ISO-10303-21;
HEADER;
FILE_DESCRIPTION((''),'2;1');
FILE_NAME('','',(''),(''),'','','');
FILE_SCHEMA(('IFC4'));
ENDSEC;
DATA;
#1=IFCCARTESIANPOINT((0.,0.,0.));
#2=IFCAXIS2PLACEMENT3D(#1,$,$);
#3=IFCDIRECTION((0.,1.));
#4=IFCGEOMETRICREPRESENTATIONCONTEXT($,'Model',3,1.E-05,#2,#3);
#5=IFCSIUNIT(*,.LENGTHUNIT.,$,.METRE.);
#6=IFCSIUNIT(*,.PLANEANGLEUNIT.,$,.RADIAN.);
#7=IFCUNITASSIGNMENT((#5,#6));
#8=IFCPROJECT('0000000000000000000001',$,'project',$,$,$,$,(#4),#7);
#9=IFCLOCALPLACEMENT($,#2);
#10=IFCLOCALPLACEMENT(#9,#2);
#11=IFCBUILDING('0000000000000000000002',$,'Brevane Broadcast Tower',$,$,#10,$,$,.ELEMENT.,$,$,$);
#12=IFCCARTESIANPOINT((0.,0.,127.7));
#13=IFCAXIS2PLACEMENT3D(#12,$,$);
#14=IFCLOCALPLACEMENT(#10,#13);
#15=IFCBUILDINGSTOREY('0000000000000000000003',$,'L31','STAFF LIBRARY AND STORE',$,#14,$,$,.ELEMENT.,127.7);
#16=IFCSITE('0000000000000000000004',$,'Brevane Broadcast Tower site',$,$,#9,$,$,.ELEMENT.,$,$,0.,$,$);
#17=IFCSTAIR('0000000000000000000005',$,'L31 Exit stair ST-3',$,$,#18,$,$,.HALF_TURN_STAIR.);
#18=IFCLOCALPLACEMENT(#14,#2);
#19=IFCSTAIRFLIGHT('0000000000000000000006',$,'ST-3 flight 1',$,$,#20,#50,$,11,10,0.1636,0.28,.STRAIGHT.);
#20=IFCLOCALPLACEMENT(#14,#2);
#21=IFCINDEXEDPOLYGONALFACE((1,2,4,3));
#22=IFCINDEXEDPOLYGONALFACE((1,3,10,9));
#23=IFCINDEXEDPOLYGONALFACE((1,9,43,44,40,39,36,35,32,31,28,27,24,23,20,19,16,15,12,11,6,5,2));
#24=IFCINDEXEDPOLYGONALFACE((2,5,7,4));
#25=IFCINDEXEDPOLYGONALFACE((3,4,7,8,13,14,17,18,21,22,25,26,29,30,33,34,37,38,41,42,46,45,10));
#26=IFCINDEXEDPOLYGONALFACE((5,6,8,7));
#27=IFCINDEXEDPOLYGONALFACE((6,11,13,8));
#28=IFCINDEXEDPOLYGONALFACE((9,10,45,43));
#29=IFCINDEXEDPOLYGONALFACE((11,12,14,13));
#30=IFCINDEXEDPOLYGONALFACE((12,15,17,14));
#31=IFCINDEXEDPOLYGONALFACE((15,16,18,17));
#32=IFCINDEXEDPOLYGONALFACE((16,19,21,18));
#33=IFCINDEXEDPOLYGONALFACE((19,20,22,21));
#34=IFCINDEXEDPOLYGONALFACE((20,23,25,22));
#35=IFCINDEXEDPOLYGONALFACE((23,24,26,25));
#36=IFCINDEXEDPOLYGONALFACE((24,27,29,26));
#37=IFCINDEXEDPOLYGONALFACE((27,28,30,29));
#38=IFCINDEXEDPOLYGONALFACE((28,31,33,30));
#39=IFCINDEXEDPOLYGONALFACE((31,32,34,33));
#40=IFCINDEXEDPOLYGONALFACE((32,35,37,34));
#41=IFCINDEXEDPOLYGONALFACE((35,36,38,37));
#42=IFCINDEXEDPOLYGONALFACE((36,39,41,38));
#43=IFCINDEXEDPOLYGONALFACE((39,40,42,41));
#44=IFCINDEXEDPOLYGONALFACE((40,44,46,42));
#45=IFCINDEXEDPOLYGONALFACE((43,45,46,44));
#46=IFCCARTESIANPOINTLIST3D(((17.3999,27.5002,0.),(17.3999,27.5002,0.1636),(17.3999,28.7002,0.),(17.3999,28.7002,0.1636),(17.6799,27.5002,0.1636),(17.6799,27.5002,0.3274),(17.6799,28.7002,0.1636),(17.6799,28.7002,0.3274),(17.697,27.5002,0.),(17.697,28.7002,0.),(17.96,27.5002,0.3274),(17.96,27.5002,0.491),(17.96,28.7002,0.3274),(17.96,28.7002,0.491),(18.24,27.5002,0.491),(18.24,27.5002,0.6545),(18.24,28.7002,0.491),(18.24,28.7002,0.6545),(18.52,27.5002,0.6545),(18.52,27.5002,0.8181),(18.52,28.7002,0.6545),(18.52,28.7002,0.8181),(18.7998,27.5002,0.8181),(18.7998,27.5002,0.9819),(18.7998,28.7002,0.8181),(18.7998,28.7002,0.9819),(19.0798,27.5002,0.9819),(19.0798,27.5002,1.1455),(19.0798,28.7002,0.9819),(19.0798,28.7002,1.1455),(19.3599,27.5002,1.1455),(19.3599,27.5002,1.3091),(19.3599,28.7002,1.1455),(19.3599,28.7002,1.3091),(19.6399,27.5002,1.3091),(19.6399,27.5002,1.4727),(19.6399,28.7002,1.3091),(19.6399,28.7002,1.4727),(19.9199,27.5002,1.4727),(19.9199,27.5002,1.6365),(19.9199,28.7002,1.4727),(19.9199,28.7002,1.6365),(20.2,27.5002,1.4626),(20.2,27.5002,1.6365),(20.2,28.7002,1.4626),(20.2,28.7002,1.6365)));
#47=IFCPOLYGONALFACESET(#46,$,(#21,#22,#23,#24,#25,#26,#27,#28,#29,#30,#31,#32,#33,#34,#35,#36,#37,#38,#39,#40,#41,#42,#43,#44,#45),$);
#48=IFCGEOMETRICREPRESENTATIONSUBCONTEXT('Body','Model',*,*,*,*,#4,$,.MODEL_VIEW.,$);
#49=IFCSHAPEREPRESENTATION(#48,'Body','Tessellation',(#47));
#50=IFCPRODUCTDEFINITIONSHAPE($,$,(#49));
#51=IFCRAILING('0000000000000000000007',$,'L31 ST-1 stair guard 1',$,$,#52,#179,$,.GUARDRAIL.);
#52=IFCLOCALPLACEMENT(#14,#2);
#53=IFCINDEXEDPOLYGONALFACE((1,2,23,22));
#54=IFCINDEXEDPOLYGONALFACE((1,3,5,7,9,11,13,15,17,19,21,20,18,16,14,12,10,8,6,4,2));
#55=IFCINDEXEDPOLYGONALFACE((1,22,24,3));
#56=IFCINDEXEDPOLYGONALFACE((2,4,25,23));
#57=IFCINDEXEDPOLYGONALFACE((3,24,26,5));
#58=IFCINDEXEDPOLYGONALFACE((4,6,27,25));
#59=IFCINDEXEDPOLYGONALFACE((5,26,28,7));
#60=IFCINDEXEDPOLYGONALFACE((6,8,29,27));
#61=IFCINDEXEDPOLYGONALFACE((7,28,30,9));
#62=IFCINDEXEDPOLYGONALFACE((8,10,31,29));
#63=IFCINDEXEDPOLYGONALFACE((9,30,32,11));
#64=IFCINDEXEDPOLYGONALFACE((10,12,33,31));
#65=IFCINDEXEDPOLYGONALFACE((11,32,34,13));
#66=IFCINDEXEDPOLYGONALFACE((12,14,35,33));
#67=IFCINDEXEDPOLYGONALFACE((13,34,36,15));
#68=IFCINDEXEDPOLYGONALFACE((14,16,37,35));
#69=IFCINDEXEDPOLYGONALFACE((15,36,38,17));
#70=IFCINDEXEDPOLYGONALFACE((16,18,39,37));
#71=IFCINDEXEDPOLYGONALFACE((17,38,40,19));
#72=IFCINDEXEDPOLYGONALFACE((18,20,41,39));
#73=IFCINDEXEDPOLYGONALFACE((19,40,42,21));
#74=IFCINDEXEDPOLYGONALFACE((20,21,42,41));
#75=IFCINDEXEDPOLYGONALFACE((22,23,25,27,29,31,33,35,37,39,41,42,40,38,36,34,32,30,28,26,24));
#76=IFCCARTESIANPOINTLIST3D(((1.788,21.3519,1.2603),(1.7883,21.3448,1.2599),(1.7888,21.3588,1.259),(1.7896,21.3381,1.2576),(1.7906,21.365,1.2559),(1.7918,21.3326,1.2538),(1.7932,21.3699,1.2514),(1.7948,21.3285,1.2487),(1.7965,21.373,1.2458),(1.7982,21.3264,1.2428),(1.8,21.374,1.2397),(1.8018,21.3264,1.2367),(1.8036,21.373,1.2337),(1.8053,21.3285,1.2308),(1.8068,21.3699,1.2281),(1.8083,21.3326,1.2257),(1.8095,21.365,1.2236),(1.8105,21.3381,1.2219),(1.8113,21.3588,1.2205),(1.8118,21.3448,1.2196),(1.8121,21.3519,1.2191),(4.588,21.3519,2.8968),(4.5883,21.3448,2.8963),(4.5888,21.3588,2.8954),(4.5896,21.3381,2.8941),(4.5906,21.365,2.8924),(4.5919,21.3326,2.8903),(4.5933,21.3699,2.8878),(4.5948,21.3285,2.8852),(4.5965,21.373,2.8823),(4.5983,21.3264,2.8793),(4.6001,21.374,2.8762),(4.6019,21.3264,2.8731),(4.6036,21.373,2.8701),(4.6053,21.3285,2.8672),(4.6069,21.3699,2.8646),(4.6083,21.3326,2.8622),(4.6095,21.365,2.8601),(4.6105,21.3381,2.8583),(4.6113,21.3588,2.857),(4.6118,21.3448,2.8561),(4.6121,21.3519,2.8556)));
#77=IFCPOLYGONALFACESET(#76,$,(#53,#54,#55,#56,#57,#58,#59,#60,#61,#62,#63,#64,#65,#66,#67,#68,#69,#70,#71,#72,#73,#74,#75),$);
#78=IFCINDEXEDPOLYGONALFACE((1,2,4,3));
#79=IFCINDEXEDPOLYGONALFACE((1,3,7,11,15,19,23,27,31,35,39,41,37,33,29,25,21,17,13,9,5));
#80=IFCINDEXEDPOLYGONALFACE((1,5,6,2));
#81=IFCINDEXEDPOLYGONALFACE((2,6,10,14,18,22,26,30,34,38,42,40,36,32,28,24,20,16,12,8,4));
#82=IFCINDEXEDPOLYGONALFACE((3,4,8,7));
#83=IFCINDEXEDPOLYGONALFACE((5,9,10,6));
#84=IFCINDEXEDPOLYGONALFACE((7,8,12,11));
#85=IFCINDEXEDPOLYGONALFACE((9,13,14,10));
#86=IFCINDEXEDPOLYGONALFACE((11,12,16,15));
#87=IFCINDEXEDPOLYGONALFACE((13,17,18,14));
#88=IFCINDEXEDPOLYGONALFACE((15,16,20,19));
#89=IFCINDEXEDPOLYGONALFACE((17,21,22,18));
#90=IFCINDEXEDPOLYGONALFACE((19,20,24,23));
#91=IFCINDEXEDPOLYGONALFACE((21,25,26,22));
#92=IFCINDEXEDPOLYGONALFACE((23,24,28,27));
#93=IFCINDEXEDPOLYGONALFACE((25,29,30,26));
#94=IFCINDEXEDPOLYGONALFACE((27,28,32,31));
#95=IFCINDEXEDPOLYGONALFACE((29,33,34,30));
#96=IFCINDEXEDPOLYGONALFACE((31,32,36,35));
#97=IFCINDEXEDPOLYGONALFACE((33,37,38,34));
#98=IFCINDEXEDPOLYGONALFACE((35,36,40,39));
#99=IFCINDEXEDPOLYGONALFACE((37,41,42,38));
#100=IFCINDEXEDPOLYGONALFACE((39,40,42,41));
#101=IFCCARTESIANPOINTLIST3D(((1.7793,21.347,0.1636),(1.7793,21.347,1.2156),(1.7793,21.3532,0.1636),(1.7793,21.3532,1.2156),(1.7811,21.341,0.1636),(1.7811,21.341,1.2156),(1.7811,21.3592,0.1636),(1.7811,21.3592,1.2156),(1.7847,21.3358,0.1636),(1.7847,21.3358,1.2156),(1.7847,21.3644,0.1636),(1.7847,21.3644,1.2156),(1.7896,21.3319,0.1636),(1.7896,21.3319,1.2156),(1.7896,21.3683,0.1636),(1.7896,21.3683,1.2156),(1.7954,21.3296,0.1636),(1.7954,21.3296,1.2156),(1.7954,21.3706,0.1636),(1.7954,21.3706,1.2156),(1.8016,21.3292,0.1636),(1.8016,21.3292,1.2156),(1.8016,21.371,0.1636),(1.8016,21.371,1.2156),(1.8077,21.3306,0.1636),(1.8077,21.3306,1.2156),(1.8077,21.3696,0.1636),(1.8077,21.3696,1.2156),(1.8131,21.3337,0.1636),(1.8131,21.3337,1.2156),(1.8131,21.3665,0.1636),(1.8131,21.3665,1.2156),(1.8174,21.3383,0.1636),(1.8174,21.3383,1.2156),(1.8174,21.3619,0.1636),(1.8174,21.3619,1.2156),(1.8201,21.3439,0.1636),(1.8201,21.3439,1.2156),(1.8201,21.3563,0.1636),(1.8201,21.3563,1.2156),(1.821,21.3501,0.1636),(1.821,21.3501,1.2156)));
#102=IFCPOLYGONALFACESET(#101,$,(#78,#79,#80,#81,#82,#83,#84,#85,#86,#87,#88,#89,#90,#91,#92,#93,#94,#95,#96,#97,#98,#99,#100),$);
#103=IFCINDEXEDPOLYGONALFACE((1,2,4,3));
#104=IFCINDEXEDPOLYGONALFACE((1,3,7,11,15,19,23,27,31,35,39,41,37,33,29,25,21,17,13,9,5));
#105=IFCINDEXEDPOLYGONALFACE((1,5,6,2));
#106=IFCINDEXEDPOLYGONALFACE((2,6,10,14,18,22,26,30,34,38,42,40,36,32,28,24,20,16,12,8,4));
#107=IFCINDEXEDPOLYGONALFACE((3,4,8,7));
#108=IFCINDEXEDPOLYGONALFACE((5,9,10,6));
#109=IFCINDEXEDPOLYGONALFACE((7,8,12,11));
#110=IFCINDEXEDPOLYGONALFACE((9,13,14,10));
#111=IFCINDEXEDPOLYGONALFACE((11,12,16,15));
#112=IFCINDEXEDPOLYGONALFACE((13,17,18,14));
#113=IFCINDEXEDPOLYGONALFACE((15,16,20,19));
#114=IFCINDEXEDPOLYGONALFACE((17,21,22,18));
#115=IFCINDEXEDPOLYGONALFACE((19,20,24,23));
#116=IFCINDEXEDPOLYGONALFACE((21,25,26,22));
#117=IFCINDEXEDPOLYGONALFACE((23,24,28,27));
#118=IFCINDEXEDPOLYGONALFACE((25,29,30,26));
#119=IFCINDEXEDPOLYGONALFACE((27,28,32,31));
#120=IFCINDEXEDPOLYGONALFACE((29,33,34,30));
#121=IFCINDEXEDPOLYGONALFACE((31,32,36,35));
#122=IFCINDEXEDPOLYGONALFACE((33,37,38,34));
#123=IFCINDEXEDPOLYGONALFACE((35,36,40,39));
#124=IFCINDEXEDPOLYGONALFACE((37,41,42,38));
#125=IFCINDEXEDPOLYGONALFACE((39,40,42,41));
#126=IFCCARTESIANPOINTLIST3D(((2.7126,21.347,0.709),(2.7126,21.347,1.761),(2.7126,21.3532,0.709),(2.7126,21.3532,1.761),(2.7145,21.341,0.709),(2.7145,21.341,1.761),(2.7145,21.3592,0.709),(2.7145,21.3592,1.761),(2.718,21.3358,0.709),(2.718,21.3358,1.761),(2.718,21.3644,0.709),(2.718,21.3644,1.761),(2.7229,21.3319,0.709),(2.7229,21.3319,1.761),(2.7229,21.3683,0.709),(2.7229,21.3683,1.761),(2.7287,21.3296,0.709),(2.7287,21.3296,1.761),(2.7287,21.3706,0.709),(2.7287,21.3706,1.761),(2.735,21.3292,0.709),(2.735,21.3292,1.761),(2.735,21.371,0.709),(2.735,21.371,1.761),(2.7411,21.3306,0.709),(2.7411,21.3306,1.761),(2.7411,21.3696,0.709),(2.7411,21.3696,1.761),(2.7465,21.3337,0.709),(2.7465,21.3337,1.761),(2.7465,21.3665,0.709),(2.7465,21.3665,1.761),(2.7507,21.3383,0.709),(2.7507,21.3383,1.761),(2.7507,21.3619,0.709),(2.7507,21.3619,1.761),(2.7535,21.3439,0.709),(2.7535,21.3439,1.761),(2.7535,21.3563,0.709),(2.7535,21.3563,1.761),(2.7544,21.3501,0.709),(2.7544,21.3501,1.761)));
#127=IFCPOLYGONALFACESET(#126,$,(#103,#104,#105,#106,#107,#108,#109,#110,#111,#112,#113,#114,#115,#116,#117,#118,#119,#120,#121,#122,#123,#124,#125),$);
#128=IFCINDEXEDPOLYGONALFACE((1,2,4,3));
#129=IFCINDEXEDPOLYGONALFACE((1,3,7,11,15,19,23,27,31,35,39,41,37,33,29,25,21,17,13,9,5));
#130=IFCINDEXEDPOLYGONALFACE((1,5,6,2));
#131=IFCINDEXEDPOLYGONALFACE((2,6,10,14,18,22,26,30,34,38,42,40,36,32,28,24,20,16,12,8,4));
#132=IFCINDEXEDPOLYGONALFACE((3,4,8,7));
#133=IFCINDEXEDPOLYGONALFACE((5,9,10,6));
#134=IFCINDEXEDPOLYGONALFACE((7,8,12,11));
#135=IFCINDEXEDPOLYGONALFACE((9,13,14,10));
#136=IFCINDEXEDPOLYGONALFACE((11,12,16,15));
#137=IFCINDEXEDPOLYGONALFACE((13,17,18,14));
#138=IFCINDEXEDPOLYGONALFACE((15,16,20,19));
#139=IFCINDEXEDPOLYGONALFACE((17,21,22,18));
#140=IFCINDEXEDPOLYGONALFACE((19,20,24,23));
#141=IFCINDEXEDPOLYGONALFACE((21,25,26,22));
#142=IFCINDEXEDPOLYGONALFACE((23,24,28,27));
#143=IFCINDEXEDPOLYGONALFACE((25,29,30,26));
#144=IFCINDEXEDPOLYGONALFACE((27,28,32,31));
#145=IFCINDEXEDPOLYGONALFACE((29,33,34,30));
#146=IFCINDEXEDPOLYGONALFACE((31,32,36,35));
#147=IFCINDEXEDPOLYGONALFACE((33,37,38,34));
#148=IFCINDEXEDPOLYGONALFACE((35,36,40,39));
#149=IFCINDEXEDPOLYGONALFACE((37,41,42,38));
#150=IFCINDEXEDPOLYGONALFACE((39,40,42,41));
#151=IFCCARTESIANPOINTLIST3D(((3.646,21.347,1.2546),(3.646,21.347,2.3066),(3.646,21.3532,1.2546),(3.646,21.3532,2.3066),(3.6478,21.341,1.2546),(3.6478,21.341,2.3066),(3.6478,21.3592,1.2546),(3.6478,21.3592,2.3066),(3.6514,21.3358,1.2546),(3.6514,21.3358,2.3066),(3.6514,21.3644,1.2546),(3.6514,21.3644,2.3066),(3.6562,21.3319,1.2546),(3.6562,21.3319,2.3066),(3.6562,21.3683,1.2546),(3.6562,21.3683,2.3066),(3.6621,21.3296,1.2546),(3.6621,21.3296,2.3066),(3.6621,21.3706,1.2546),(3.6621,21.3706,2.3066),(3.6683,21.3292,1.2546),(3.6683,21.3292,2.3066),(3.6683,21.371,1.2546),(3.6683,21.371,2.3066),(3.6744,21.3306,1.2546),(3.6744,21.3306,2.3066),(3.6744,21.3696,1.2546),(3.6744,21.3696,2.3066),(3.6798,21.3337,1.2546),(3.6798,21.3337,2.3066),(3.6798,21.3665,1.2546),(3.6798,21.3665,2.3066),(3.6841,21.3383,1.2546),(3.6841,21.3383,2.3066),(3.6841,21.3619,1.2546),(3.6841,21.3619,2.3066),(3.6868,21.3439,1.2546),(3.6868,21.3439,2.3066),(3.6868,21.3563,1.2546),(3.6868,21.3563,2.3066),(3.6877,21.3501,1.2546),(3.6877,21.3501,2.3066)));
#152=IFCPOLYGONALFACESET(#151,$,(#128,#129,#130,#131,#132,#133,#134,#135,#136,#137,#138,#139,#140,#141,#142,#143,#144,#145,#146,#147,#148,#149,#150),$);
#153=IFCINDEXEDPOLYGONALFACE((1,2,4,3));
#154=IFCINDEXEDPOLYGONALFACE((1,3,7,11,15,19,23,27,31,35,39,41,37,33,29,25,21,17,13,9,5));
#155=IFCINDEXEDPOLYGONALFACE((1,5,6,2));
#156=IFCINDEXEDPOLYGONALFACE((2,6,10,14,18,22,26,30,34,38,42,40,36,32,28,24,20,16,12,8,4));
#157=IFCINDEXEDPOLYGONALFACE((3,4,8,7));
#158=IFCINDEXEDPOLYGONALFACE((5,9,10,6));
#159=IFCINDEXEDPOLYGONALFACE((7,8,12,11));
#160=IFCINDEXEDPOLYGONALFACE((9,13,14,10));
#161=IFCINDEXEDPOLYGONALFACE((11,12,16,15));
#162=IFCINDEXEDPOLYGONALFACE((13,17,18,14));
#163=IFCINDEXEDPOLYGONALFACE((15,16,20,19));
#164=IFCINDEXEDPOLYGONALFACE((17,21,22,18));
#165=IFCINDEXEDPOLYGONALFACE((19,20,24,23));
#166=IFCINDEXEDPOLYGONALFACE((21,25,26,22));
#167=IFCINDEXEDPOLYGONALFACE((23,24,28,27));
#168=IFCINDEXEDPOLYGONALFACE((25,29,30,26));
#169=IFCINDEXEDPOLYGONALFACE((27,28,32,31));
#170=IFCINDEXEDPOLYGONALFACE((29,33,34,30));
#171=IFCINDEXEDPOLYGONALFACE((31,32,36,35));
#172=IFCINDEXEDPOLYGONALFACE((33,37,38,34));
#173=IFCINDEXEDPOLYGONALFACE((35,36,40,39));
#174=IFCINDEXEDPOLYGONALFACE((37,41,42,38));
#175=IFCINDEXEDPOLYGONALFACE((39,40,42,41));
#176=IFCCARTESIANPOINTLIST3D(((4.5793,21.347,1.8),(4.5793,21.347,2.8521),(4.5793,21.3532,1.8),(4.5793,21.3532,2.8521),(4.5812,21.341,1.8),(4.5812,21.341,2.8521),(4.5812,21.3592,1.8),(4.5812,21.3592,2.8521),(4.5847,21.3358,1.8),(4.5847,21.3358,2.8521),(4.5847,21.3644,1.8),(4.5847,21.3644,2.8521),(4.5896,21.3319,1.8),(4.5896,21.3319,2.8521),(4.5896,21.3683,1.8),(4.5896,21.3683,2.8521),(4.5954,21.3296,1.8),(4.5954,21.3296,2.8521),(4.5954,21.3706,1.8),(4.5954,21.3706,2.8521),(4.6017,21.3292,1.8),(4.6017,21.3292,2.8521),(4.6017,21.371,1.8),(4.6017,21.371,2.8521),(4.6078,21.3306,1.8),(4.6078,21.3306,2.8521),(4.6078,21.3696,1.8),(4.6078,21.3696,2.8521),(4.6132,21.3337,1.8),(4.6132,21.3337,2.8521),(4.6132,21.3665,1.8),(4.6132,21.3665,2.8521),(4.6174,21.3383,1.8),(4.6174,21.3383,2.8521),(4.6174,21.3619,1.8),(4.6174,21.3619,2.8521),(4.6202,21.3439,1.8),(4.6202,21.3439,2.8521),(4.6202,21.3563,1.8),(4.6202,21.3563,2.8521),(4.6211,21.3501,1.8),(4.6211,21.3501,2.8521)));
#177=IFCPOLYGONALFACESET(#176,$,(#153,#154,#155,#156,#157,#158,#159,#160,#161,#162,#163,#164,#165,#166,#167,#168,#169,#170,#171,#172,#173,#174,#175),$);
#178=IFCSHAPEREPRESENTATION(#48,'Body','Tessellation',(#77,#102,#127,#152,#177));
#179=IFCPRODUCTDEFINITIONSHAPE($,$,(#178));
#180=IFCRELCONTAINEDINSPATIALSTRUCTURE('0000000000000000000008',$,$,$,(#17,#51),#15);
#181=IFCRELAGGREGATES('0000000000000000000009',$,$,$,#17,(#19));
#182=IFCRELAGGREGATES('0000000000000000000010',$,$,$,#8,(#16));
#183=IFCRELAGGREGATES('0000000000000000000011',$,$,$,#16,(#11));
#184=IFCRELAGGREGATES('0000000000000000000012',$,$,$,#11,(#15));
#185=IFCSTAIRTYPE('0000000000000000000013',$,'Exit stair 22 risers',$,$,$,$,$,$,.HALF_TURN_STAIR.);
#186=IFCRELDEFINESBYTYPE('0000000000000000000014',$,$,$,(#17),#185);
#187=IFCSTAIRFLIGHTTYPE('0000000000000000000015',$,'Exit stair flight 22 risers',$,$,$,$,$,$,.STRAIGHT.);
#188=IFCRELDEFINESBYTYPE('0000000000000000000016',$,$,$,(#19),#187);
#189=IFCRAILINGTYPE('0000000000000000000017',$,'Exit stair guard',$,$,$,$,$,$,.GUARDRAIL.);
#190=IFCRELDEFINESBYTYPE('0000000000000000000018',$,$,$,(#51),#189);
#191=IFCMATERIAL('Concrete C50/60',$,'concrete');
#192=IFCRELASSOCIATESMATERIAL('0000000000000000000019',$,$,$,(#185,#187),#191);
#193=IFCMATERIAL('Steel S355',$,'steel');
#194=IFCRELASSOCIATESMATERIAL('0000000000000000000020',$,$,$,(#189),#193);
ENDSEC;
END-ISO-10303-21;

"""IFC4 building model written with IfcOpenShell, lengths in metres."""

from ifc_helpers import new_model, si_unit, direction, frame, origin, origin_2d, place, context, subcontext, project, spatial, polyline, circle, outline, extrude, material, type_object, element, aggregate, save


model = new_model("IFC4")

# Units and contexts
model_context = context("Model", 3, precision=1e-05, world=origin(), true_north=direction((0.0, 1.0)))
body_context = subcontext(model_context, "Body", "Model", "MODEL_VIEW")
ifc_project = project(units=[si_unit("LENGTHUNIT", "METRE"), si_unit("PLANEANGLEUNIT", "RADIAN")], contexts=[model_context])

# Site, building, storey
site_placement = place(None, origin())
site = spatial("IfcSite", under=ifc_project, at=site_placement, Name="Brevane Broadcast Tower site", CompositionType="ELEMENT", RefElevation=0.0)
building_placement = place(site_placement, origin())
building = spatial("IfcBuilding", under=site, at=building_placement, Name="Brevane Broadcast Tower", CompositionType="ELEMENT")
storey_placement = place(building_placement, frame((0.0, 0.0, 127.7)))
storey = spatial("IfcBuildingStorey", under=building, at=storey_placement, Name="L31", Description="STAFF LIBRARY AND STORE", CompositionType="ELEMENT", Elevation=127.7)

# Stair, stair flight
ifc_material_1 = material(Name="Concrete C50/60", Category="concrete")
stair_type = type_object("IfcStairType", Name="Exit stair 22 risers", PredefinedType="HALF_TURN_STAIR", material=ifc_material_1)
stair_flight_type = type_object("IfcStairFlightType", Name="Exit stair flight 22 risers", PredefinedType="STRAIGHT", material=ifc_material_1)
stair_1_placement = place(storey_placement, origin())
stair_1 = element("IfcStair", 1, at=stair_1_placement, inside=storey, type_object=stair_type, Name="L31 Exit stair ST-3", PredefinedType="HALF_TURN_STAIR")
stair_flight_1_placement = place(storey_placement, frame((17.3999, 28.1001, 0.0), z_axis=(0.0, 0.0, 1.0), x_axis=(1.0, 0.0, 0.0)))
stair_flight_1 = element("IfcStairFlight", 2, at=stair_flight_1_placement, type_object=stair_flight_type, Name="ST-3 flight 1", NumberOfRisers=11, NumberOfTreads=10, PredefinedType="STRAIGHT", RiserHeight=0.1636, TreadLength=0.28, context=body_context, shape_type="SweptSolid", body=[
    extrude(outline(polyline([(0.0, 0.0), (0.0, 0.1636), (0.28, 0.1636), (0.28, 0.3274), (0.5601, 0.3274), (0.5601, 0.491), (0.8401, 0.491), (0.8401, 0.6545), (1.1201, 0.6545), (1.1201, 0.8181), (1.3999, 0.8181), (1.3999, 0.9819), (1.6799, 0.9819), (1.6799, 1.1455), (1.96, 1.1455), (1.96, 1.3091), (2.24, 1.3091), (2.24, 1.4727), (2.52, 1.4727), (2.52, 1.6365), (2.8, 1.6365), (2.8, 1.8), (2.8, 1.4626), (0.2971, 0.0), (0.0, 0.0)])), frame((0.0, 0.6001, 0.0), z_axis=(0.0, -1.0, 0.0), x_axis=(1.0, 0.0, 0.0)), (0.0, 0.0, 1.0), 1.2),
])
aggregate(stair_1, [stair_flight_1])

# Railing
ifc_material_2 = material(Name="Steel S355", Category="steel")
railing_type_1 = type_object("IfcRailingType", Name="Exit stair guard", PredefinedType="GUARDRAIL", material=ifc_material_2)
railing_1_placement = place(storey_placement, frame((1.8, 21.3501, 0.1636)))
element("IfcRailing", 3, at=railing_1_placement, inside=storey, type_object=railing_type_1, Name="L31 ST-1 stair guard 1", PredefinedType="GUARDRAIL", context=body_context, shape_type="SweptSolid", body=[
    extrude(circle(Radius=0.0239, at=origin_2d()), frame((0.0, 0.0, 1.0762), z_axis=(0.863361, 0.0, 0.504587), x_axis=(0.0, 1.0, 0.0)), (0.0, 0.0, 1.0), 3.2432),
    extrude(circle(Radius=0.021, at=origin_2d()), origin(), (0.0, 0.0, 1.0), 1.052),
    extrude(circle(Radius=0.021, at=origin_2d()), frame((0.9333, 0.0, 0.5454)), (0.0, 0.0, 1.0), 1.052),
    extrude(circle(Radius=0.021, at=origin_2d()), frame((1.8667, 0.0, 1.0911)), (0.0, 0.0, 1.0), 1.052),
    extrude(circle(Radius=0.021, at=origin_2d()), frame((2.8, 0.0, 1.6365)), (0.0, 0.0, 1.0), 1.052),
])

save(model, "model.ifc")
